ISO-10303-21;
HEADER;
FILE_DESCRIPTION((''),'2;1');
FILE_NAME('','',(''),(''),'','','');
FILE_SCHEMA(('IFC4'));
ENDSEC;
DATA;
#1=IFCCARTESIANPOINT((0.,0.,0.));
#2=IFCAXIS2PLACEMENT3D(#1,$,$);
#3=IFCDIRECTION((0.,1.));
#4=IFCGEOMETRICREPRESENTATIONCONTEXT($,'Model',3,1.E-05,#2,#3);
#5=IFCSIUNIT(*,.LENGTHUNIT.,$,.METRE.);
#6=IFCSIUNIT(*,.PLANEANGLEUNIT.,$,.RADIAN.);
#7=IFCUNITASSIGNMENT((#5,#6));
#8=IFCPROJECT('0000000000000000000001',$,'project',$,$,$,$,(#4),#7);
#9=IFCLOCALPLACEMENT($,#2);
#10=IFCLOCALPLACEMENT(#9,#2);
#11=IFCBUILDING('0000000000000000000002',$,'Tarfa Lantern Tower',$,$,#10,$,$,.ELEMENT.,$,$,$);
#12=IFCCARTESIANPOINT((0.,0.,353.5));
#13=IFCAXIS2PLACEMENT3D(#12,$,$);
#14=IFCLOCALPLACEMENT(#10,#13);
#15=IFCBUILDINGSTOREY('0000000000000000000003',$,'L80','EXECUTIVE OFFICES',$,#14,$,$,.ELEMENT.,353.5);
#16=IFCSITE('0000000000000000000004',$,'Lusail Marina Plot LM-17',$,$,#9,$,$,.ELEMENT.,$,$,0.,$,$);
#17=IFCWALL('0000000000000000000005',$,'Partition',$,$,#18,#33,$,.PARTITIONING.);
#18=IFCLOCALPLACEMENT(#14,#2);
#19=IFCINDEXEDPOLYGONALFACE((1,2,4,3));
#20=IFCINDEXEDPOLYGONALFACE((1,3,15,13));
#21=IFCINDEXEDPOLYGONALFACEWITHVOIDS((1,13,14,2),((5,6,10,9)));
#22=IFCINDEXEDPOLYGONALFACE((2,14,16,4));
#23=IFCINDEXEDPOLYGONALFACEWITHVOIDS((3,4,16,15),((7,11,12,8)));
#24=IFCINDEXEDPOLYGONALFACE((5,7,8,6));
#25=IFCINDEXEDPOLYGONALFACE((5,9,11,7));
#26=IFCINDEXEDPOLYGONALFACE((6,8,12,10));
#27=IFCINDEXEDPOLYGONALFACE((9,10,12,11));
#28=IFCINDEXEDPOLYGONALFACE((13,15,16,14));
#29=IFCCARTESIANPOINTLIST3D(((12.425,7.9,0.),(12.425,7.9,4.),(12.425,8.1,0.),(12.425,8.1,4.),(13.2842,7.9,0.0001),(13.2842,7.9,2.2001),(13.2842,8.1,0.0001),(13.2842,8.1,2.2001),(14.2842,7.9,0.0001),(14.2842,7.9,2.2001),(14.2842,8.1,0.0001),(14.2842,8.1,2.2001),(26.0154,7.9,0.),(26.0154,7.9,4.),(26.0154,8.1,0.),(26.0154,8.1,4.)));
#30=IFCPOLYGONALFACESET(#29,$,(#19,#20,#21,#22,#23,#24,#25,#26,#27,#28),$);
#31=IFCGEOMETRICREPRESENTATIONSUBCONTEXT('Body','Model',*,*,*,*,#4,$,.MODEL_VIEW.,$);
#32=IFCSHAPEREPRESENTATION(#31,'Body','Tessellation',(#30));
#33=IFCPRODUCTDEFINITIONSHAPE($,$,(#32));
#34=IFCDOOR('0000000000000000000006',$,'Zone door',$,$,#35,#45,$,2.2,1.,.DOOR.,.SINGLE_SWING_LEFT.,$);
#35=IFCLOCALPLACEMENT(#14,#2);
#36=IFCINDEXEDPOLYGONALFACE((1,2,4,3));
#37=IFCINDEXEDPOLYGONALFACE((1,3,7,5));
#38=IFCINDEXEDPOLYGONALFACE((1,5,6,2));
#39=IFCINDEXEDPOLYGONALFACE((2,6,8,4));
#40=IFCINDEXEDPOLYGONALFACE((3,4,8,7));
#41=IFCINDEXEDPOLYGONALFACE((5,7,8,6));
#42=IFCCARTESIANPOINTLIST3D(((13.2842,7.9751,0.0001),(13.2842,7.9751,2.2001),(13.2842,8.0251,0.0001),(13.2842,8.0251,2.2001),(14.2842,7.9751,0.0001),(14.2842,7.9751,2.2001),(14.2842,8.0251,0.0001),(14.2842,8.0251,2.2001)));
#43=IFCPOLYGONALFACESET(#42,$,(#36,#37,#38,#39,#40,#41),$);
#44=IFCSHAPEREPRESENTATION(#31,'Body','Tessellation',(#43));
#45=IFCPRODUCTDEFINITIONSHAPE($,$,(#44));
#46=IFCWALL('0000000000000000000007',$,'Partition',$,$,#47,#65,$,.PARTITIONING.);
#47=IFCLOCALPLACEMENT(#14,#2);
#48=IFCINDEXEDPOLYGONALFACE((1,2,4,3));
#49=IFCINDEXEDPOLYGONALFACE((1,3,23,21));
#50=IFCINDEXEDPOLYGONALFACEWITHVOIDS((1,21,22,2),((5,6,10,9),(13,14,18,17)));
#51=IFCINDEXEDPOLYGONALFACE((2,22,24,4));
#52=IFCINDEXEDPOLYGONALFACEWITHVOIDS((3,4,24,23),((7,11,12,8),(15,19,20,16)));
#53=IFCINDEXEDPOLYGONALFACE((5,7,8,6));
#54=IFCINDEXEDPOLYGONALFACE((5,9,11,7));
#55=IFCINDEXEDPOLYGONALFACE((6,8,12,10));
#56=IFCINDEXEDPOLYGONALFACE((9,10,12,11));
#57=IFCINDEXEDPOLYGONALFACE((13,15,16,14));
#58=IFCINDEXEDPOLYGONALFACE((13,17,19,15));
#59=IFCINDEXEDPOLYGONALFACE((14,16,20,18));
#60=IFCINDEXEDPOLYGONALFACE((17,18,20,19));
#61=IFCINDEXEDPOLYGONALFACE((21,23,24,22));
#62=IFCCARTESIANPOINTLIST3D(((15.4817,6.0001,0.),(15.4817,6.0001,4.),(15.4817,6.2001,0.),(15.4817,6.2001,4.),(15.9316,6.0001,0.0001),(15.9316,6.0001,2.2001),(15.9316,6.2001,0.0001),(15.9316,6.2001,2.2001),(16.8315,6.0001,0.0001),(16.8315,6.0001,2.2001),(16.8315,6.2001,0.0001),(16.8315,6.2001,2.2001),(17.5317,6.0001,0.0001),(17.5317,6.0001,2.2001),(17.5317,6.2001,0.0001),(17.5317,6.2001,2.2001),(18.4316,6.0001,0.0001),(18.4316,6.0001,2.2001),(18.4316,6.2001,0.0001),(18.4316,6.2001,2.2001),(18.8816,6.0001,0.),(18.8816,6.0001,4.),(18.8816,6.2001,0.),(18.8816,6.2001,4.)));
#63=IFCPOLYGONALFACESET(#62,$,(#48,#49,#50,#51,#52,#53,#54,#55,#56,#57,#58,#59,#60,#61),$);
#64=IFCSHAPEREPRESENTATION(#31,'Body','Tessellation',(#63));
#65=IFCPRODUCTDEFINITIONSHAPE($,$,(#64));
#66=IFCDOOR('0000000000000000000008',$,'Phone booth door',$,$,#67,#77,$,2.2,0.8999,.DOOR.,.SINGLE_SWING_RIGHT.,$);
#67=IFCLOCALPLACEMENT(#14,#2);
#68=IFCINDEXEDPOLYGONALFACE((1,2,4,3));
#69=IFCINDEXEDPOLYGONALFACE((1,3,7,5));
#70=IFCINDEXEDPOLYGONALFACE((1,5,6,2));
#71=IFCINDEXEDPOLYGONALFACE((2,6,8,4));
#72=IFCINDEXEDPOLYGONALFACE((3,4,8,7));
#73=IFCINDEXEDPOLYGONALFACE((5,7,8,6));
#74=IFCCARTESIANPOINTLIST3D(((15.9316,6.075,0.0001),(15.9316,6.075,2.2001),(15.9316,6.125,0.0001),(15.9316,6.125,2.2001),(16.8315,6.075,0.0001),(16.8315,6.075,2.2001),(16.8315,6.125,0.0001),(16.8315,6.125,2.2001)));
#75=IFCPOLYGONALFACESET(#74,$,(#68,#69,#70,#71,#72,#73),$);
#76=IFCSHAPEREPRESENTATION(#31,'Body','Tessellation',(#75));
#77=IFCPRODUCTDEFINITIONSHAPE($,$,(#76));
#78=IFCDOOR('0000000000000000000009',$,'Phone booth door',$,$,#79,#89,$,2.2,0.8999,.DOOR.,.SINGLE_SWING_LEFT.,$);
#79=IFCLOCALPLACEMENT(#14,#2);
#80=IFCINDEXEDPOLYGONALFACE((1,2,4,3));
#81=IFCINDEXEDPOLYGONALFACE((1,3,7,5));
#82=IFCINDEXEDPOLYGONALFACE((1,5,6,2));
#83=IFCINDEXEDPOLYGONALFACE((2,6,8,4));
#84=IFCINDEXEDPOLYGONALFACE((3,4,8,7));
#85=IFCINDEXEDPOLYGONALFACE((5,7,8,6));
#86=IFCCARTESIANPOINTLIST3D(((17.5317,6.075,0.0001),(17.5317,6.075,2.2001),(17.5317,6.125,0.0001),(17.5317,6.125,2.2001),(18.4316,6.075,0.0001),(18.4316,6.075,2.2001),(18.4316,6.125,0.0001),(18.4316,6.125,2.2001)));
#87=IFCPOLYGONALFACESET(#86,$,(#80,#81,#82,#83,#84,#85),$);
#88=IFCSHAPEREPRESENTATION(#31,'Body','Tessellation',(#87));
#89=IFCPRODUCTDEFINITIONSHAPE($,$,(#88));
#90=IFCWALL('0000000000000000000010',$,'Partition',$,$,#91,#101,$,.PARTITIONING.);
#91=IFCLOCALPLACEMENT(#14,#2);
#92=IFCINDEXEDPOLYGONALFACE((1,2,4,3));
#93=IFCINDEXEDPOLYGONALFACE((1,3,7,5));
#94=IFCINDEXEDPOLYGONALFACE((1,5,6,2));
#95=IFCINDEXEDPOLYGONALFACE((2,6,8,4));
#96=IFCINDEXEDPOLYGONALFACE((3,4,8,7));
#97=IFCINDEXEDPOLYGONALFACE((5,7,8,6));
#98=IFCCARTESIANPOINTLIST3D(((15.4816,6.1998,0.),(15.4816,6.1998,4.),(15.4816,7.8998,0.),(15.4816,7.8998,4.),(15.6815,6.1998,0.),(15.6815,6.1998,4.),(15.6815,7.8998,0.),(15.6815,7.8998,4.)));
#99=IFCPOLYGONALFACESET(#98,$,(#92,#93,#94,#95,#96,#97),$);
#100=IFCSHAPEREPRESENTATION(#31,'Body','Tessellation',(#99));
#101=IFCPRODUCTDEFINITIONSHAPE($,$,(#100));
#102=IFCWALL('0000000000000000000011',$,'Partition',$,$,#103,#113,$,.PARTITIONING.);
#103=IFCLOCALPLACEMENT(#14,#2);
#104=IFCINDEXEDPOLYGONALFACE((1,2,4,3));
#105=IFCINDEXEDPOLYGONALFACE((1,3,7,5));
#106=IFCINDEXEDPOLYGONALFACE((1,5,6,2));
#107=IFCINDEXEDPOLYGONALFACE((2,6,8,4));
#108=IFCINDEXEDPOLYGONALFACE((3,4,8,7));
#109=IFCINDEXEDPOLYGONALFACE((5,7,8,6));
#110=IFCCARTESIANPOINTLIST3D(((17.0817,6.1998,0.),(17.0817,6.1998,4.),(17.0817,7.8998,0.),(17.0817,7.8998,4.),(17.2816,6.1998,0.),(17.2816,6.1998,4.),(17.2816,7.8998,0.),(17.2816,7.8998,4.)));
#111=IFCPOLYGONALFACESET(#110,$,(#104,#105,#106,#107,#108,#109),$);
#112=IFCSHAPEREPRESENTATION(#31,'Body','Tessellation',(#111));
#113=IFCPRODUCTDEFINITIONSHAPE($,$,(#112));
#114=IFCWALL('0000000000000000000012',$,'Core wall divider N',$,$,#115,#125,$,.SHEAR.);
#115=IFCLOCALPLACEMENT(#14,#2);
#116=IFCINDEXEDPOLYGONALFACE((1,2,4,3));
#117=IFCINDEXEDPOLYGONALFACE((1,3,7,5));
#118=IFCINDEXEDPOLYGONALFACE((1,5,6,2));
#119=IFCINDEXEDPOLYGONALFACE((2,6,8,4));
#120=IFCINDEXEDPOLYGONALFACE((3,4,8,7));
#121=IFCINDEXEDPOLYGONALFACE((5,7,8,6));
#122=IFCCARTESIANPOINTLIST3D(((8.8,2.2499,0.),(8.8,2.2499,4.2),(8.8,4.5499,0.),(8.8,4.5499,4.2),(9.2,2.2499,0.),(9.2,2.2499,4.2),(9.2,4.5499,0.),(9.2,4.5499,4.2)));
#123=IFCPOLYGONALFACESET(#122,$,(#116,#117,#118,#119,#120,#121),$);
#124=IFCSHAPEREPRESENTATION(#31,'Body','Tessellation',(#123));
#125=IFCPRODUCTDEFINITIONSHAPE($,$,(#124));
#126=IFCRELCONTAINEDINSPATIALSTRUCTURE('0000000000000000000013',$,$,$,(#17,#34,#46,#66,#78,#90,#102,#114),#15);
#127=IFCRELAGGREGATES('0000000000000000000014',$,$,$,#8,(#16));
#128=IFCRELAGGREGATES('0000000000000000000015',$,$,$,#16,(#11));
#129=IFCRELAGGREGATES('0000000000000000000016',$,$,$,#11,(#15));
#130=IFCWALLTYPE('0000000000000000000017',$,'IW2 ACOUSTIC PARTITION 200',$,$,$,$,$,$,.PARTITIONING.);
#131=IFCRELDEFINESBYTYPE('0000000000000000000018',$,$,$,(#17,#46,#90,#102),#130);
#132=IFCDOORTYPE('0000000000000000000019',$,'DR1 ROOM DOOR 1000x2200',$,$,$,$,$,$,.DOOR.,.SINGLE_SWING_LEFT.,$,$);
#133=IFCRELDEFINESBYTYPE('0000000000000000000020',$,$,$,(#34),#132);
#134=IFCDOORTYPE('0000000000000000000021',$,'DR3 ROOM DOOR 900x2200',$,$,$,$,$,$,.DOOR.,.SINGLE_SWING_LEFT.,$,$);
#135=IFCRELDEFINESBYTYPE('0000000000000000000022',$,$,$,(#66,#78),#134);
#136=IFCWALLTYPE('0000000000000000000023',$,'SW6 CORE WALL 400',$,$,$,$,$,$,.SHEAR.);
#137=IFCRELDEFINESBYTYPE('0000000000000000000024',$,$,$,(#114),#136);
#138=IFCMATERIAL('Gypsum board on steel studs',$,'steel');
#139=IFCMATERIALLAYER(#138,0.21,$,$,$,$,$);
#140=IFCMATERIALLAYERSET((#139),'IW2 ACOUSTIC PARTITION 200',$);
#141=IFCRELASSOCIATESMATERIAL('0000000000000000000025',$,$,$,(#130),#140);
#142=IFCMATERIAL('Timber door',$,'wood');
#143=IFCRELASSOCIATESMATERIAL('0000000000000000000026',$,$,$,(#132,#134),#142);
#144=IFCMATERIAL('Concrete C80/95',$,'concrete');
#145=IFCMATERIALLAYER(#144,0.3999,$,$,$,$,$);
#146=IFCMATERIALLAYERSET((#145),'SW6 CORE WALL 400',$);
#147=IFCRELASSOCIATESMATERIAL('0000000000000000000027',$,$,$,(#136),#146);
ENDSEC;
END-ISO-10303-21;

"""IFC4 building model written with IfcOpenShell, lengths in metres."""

from ifc_helpers import new_model, si_unit, direction, frame, frame_2d, origin, place, context, subcontext, project, spatial, rectangle, extrude, material, layer, layer_set, type_object, element, fill, save


model = new_model("IFC4")

# Units and contexts
model_context = context("Model", 3, precision=1e-05, world=origin(), true_north=direction((0.0, 1.0)))
body_context = subcontext(model_context, "Body", "Model", "MODEL_VIEW")
ifc_project = project(units=[si_unit("LENGTHUNIT", "METRE"), si_unit("PLANEANGLEUNIT", "RADIAN")], contexts=[model_context])

# Site, building, storey
site_placement = place(None, origin())
site = spatial("IfcSite", under=ifc_project, at=site_placement, Name="Lusail Marina Plot LM-17", CompositionType="ELEMENT", RefElevation=0.0)
building_placement = place(site_placement, origin())
building = spatial("IfcBuilding", under=site, at=building_placement, Name="Tarfa Lantern Tower", CompositionType="ELEMENT")
storey_placement = place(building_placement, frame((0.0, 0.0, 353.5)))
storey = spatial("IfcBuildingStorey", under=building, at=storey_placement, Name="L80", Description="EXECUTIVE OFFICES", CompositionType="ELEMENT", Elevation=353.5)

# Shared definitions
ifc_material_1 = material(Name="Concrete C80/95", Category="concrete")

# Shared definitions
ifc_material_2 = material(Name="Gypsum board on steel studs", Category="steel")
ifc_layer_1 = layer(ifc_material_2, 0.21)
ifc_layer_set_1 = layer_set([ifc_layer_1], Name="IW2 ACOUSTIC PARTITION 200")
wall_type_1 = type_object("IfcWallType", Name="IW2 ACOUSTIC PARTITION 200", PredefinedType="PARTITIONING", material=ifc_layer_set_1)

# Shared definitions
ifc_material_3 = material(Name="Timber door", Category="wood")

# Wall, opening, door
wall_1_placement = place(storey_placement, frame((12.425, 8.0, 0.0), z_axis=(0.0, 0.0, 1.0), x_axis=(1.0, 0.0, 0.0)))
wall_1 = element("IfcWall", 1, at=wall_1_placement, inside=storey, type_object=wall_type_1, Name="Partition", PredefinedType="PARTITIONING", context=body_context, shape_type="SweptSolid", body=[
    extrude(rectangle(XDim=13.5903, YDim=0.2, at=frame_2d((6.7952, 0.0))), origin(), (0.0, 0.0, 1.0), 4.0),
])
opening_1_placement = place(wall_1_placement, frame((0.8591, 0.0, 0.0)))
opening_1 = element("IfcOpeningElement", 2, at=opening_1_placement, cuts=wall_1, PredefinedType="OPENING", context=body_context, shape_type="SweptSolid", body=[
    extrude(rectangle(XDim=1.0, YDim=2.2, at=frame_2d((0.5, 1.1001))), frame((0.0, 0.1099, 0.0), z_axis=(0.0, -1.0, 0.0), x_axis=(1.0, 0.0, 0.0)), (0.0, 0.0, 1.0), 0.22),
])
door_type_1 = type_object("IfcDoorType", Name="DR1 ROOM DOOR 1000x2200", OperationType="SINGLE_SWING_LEFT", PredefinedType="DOOR", material=ifc_material_3)
door_1_placement = place(opening_1_placement, frame((1.0, 0.0, 0.0), z_axis=(0.0, 0.0, 1.0), x_axis=(-1.0, 0.0, 0.0)))
door_1 = element("IfcDoor", 3, at=door_1_placement, inside=storey, type_object=door_type_1, Name="Zone door", OperationType="SINGLE_SWING_LEFT", OverallHeight=2.2, OverallWidth=1.0, PredefinedType="DOOR", context=body_context, shape_type="SweptSolid", body=[
    extrude(rectangle(XDim=1.0, YDim=2.2, at=frame_2d((0.5, 1.1001))), frame((0.0, 0.0249, 0.0), z_axis=(0.0, -1.0, 0.0), x_axis=(1.0, 0.0, 0.0)), (0.0, 0.0, 1.0), 0.05),
])
fill(opening_1, door_1)

# Wall, openings, doors
wall_2_placement = place(storey_placement, frame((15.4817, 6.1001, 0.0), z_axis=(0.0, 0.0, 1.0), x_axis=(1.0, 0.0, 0.0)))
wall_2 = element("IfcWall", 4, at=wall_2_placement, inside=storey, type_object=wall_type_1, Name="Partition", PredefinedType="PARTITIONING", context=body_context, shape_type="SweptSolid", body=[
    extrude(rectangle(XDim=3.3999, YDim=0.2, at=frame_2d((1.7, 0.0))), origin(), (0.0, 0.0, 1.0), 4.0),
])
opening_2_placement = place(wall_2_placement, frame((0.45, 0.0, 0.0)))
opening_2 = element("IfcOpeningElement", 5, at=opening_2_placement, cuts=wall_2, PredefinedType="OPENING", context=body_context, shape_type="SweptSolid", body=[
    extrude(rectangle(XDim=0.8999, YDim=2.2, at=frame_2d((0.45, 1.1001))), frame((0.0, 0.1099, 0.0), z_axis=(0.0, -1.0, 0.0), x_axis=(1.0, 0.0, 0.0)), (0.0, 0.0, 1.0), 0.22),
])
opening_3_placement = place(wall_2_placement, frame((2.05, 0.0, 0.0)))
opening_3 = element("IfcOpeningElement", 6, at=opening_3_placement, cuts=wall_2, PredefinedType="OPENING", context=body_context, shape_type="SweptSolid", body=[
    extrude(rectangle(XDim=0.8999, YDim=2.2, at=frame_2d((0.45, 1.1001))), frame((0.0, 0.1099, 0.0), z_axis=(0.0, -1.0, 0.0), x_axis=(1.0, 0.0, 0.0)), (0.0, 0.0, 1.0), 0.22),
])
door_type_2 = type_object("IfcDoorType", Name="DR3 ROOM DOOR 900x2200", OperationType="SINGLE_SWING_LEFT", PredefinedType="DOOR", material=ifc_material_3)
door_2_placement = place(opening_2_placement, origin())
door_2 = element("IfcDoor", 7, at=door_2_placement, inside=storey, type_object=door_type_2, Name="Phone booth door", OperationType="SINGLE_SWING_RIGHT", OverallHeight=2.2, OverallWidth=0.8999, PredefinedType="DOOR", context=body_context, shape_type="SweptSolid", body=[
    extrude(rectangle(XDim=0.8999, YDim=2.2, at=frame_2d((0.45, 1.1001))), frame((0.0, 0.0249, 0.0), z_axis=(0.0, -1.0, 0.0), x_axis=(1.0, 0.0, 0.0)), (0.0, 0.0, 1.0), 0.05),
])
fill(opening_2, door_2)
door_3_placement = place(opening_3_placement, origin())
door_3 = element("IfcDoor", 8, at=door_3_placement, inside=storey, type_object=door_type_2, Name="Phone booth door", OperationType="SINGLE_SWING_LEFT", OverallHeight=2.2, OverallWidth=0.8999, PredefinedType="DOOR", context=body_context, shape_type="SweptSolid", body=[
    extrude(rectangle(XDim=0.8999, YDim=2.2, at=frame_2d((0.45, 1.1001))), frame((0.0, 0.0249, 0.0), z_axis=(0.0, -1.0, 0.0), x_axis=(1.0, 0.0, 0.0)), (0.0, 0.0, 1.0), 0.05),
])
fill(opening_3, door_3)

# Walls
for number, where, z_axis, x_axis, name in (
    (9, (15.5815, 7.8999, 0.0), (0.0, 0.0, 1.0), (0.0, -1.0, 0.0), "Partition"),
    (10, (17.1816, 7.8999, 0.0), (0.0, 0.0, 1.0), (0.0, -1.0, 0.0), "Partition"),
):
    element("IfcWall", number, at=place(storey_placement, frame(where, z_axis=z_axis, x_axis=x_axis)), inside=storey, type_object=wall_type_1, Name=name, PredefinedType="PARTITIONING", context=body_context, shape_type="SweptSolid", body=[
        extrude(rectangle(XDim=1.7, YDim=0.2, at=frame_2d((0.8501, 0.0))), origin(), (0.0, 0.0, 1.0), 4.0),
    ])
ifc_layer_2 = layer(ifc_material_1, 0.3999)
ifc_layer_set_2 = layer_set([ifc_layer_2], Name="SW6 CORE WALL 400")
wall_type_2 = type_object("IfcWallType", Name="SW6 CORE WALL 400", PredefinedType="SHEAR", material=ifc_layer_set_2)
wall_3_placement = place(storey_placement, frame((9.0, 2.25, 0.0), z_axis=(0.0, 0.0, 1.0), x_axis=(0.0, 1.0, 0.0)))
element("IfcWall", 11, at=wall_3_placement, inside=storey, type_object=wall_type_2, Name="Core wall divider N", PredefinedType="SHEAR", context=body_context, shape_type="SweptSolid", body=[
    extrude(rectangle(XDim=2.3, YDim=0.3999, at=frame_2d((1.1499, 0.0))), origin(), (0.0, 0.0, 1.0), 4.2),
])

save(model, "model.ifc")
